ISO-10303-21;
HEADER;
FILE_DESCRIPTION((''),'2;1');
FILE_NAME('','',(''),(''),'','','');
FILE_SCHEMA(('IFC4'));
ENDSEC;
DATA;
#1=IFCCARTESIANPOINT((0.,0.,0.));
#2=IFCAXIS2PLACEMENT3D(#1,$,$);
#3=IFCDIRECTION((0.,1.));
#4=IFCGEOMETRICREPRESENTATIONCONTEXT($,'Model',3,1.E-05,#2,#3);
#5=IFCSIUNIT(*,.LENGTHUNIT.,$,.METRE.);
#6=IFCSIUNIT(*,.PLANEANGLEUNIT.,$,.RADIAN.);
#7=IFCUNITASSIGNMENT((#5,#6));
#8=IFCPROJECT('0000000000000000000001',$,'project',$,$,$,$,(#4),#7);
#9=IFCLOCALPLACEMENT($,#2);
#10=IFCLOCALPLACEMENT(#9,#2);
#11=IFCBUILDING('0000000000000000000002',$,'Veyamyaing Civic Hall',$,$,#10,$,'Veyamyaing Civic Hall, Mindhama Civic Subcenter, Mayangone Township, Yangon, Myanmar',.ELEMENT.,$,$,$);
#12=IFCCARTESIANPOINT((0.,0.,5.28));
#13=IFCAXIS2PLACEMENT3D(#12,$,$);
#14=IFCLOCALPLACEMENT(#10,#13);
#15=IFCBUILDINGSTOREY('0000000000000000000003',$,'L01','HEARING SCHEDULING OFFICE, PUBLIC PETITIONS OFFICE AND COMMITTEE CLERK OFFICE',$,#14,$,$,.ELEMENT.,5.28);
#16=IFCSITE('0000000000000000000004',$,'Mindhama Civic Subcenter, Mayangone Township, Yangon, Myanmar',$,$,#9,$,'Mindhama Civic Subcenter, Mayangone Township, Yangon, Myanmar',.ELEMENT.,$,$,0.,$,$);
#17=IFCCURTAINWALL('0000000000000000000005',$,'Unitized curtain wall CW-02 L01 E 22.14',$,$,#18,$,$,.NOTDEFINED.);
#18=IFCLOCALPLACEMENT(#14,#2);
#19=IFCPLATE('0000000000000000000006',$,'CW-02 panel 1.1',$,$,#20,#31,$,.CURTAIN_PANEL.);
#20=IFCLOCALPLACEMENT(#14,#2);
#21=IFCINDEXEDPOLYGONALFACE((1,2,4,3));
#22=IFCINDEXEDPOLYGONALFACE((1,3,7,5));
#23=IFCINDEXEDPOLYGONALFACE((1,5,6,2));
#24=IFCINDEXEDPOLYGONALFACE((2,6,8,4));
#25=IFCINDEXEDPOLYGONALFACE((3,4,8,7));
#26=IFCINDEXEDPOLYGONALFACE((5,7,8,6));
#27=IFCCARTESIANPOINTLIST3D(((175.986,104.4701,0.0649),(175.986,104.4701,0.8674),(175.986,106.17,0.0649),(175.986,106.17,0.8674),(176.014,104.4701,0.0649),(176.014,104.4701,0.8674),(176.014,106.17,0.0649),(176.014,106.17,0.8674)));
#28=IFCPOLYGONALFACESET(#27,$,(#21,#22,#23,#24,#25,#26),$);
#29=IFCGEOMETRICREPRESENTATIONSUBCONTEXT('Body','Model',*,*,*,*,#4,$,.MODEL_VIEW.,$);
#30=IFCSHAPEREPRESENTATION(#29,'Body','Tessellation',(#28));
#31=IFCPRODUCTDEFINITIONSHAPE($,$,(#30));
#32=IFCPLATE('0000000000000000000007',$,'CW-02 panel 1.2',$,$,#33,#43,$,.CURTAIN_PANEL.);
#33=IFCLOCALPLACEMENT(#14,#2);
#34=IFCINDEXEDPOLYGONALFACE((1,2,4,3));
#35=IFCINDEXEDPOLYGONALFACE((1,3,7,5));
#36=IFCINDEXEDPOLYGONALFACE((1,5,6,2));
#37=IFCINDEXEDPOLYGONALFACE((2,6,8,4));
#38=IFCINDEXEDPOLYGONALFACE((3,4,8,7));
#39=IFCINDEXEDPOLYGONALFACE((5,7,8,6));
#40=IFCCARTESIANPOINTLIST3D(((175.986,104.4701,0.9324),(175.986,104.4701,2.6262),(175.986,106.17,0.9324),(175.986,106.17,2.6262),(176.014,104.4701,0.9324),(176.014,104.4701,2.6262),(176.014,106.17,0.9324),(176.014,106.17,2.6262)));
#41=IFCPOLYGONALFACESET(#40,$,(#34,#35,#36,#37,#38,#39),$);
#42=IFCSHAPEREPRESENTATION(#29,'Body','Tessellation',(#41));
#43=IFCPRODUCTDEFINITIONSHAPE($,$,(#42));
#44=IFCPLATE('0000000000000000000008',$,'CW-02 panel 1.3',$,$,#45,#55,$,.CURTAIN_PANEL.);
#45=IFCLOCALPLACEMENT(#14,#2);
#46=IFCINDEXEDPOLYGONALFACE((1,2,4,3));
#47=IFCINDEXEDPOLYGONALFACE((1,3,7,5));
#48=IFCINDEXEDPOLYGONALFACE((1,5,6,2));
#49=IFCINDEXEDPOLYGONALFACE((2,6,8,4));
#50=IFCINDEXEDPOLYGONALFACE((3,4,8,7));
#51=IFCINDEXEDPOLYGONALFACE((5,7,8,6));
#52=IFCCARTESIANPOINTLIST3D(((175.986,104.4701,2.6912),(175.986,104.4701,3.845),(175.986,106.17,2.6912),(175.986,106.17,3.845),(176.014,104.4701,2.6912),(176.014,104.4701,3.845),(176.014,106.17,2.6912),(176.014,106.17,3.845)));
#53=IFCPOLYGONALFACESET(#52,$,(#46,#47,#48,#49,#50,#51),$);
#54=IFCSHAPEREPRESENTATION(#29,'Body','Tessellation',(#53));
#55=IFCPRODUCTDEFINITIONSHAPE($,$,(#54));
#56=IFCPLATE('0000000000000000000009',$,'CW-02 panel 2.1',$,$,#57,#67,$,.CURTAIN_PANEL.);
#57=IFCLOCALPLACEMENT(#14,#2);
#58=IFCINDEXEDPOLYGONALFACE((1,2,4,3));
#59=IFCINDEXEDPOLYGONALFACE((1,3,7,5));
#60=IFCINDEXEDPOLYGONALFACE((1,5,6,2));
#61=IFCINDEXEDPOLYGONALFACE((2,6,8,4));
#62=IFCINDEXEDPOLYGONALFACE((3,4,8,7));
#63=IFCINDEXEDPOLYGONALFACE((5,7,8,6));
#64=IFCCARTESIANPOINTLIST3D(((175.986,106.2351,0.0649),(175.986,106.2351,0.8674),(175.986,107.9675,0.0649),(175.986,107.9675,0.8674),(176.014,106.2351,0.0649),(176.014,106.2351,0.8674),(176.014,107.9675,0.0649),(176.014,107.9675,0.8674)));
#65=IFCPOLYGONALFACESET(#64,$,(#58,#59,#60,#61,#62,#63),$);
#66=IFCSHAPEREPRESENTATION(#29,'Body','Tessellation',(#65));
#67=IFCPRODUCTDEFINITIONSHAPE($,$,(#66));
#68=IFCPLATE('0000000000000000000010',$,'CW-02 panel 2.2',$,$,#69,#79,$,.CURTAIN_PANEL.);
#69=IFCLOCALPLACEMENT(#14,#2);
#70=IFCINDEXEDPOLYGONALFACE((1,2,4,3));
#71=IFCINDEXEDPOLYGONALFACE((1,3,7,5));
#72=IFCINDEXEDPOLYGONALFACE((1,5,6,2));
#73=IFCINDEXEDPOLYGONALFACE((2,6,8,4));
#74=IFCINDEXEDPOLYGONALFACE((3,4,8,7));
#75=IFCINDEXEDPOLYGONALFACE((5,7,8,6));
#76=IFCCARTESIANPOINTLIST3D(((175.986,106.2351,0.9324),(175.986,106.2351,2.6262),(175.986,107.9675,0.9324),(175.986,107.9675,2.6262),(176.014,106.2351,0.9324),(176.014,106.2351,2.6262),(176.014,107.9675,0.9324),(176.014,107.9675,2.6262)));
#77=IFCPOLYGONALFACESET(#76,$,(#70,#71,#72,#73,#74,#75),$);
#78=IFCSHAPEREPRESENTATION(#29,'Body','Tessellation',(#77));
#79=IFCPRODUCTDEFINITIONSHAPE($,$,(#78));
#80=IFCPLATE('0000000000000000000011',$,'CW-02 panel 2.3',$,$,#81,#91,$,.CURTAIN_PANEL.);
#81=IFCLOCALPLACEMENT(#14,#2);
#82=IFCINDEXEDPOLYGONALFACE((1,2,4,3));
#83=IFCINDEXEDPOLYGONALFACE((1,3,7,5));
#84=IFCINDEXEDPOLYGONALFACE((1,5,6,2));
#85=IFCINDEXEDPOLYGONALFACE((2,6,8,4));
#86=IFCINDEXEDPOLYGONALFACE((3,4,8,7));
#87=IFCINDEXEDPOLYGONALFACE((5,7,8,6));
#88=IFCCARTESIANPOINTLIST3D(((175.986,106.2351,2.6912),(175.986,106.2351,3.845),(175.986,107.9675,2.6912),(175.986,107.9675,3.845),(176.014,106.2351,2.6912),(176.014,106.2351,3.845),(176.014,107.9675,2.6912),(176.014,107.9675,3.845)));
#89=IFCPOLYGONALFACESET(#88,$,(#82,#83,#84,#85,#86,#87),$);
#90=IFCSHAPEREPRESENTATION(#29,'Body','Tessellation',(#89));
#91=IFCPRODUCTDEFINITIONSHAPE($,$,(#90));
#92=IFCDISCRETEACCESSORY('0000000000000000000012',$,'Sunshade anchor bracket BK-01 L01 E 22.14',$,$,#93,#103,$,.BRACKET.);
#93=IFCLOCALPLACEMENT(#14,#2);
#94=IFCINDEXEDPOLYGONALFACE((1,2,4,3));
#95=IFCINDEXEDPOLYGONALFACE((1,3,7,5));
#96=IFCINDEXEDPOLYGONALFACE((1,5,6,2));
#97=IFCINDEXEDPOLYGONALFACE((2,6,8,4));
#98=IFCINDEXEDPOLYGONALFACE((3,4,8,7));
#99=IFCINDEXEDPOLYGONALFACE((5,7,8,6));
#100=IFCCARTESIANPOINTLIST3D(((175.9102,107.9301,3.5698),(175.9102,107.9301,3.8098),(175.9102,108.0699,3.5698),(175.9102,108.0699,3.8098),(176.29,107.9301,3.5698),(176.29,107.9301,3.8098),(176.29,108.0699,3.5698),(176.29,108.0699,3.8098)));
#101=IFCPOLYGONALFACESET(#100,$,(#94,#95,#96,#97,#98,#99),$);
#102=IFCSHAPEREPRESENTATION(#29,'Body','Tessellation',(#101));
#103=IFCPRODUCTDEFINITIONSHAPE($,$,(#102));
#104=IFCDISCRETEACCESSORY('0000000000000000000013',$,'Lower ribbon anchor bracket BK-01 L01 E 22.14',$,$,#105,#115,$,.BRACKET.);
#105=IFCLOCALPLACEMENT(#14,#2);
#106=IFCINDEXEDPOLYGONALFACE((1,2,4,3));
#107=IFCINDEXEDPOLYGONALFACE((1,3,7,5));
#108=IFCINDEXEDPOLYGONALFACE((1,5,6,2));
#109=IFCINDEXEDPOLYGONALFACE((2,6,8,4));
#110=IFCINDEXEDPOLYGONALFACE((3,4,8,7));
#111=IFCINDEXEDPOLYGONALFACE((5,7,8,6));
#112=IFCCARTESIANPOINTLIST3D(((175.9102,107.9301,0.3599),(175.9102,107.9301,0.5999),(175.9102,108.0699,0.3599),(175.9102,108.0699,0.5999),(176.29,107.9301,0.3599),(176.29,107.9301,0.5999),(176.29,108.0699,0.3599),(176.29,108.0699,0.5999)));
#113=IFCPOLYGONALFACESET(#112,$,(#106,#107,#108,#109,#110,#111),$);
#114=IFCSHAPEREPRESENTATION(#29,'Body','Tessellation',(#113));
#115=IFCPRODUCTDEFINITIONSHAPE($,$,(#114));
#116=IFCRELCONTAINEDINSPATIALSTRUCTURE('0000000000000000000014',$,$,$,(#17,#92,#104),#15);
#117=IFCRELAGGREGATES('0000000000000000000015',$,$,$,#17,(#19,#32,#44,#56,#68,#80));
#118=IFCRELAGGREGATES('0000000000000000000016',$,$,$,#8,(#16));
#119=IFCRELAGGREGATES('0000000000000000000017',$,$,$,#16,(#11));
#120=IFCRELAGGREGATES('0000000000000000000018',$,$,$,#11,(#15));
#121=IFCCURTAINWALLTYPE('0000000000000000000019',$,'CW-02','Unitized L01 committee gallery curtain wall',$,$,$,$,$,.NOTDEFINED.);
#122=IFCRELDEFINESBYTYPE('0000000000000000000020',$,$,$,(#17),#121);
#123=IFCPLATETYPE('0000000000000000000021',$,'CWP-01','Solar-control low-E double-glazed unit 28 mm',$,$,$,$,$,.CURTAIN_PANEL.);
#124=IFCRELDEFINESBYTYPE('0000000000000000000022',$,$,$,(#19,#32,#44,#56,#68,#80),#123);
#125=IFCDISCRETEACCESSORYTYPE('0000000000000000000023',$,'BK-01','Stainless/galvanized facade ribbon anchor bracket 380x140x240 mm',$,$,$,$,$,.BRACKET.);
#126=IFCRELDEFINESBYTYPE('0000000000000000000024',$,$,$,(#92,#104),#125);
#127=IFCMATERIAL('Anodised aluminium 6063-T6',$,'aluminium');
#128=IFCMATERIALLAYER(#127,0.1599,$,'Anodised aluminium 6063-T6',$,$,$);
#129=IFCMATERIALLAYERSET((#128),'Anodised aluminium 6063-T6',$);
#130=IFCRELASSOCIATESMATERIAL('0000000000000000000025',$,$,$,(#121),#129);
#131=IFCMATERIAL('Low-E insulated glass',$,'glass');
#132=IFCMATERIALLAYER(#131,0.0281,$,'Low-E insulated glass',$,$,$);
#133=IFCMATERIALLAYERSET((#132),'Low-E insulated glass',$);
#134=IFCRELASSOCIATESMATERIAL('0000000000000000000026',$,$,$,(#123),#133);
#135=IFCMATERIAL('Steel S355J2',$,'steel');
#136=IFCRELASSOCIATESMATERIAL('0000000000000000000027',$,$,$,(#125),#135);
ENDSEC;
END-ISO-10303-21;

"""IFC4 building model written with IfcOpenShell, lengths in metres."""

from ifc_helpers import new_model, si_unit, direction, frame, origin, origin_2d, place, context, subcontext, project, spatial, rectangle, extrude, material, layer, layer_set, type_object, element, aggregate, save


model = new_model("IFC4")

# Units and contexts
model_context = context("Model", 3, precision=1e-05, world=origin(), true_north=direction((0.0, 1.0)))
body_context = subcontext(model_context, "Body", "Model", "MODEL_VIEW")
ifc_project = project(units=[si_unit("LENGTHUNIT", "METRE"), si_unit("PLANEANGLEUNIT", "RADIAN")], contexts=[model_context])

# Site, building, storey
site_placement = place(None, origin())
site = spatial("IfcSite", under=ifc_project, at=site_placement, Name="Mindhama Civic Subcenter, Mayangone Township, Yangon, Myanmar", LongName="Mindhama Civic Subcenter, Mayangone Township, Yangon, Myanmar", CompositionType="ELEMENT", RefElevation=0.0)
building_placement = place(site_placement, origin())
building = spatial("IfcBuilding", under=site, at=building_placement, Name="Veyamyaing Civic Hall", LongName="Veyamyaing Civic Hall, Mindhama Civic Subcenter, Mayangone Township, Yangon, Myanmar", CompositionType="ELEMENT")
storey_placement = place(building_placement, frame((0.0, 0.0, 5.28)))
storey = spatial("IfcBuildingStorey", under=building, at=storey_placement, Name="L01", Description="HEARING SCHEDULING OFFICE, PUBLIC PETITIONS OFFICE AND COMMITTEE CLERK OFFICE", CompositionType="ELEMENT", Elevation=5.28)

# Curtain wall, plates
ifc_material_1 = material(Name="Anodised aluminium 6063-T6", Category="aluminium")
ifc_layer_1 = layer(ifc_material_1, 0.1599, Name="Anodised aluminium 6063-T6")
ifc_layer_set_1 = layer_set([ifc_layer_1], Name="Anodised aluminium 6063-T6")
curtain_wall_type = type_object("IfcCurtainWallType", Name="CW-02", Description="Unitized L01 committee gallery curtain wall", PredefinedType="NOTDEFINED", material=ifc_layer_set_1)
curtain_wall_placement = place(storey_placement, origin())
curtain_wall = element("IfcCurtainWall", 1, at=curtain_wall_placement, inside=storey, type_object=curtain_wall_type, Name="Unitized curtain wall CW-02 L01 E 22.14", PredefinedType="NOTDEFINED")
ifc_material_2 = material(Name="Low-E insulated glass", Category="glass")
ifc_layer_2 = layer(ifc_material_2, 0.0281, Name="Low-E insulated glass")
ifc_layer_set_2 = layer_set([ifc_layer_2], Name="Low-E insulated glass")
plate_type = type_object("IfcPlateType", Name="CWP-01", Description="Solar-control low-E double-glazed unit 28 mm", PredefinedType="CURTAIN_PANEL", material=ifc_layer_set_2)
plate_1_placement = place(storey_placement, frame((176.0, 105.3201, 0.0649), z_axis=(0.0, 0.0, 1.0), x_axis=(0.0, 1.0, 0.0)))
plate_1 = element("IfcPlate", 2, at=plate_1_placement, type_object=plate_type, Name="CW-02 panel 1.1", PredefinedType="CURTAIN_PANEL", context=body_context, shape_type="SweptSolid", body=[
    extrude(rectangle(XDim=1.7, YDim=0.0281, at=origin_2d()), origin(), (0.0, 0.0, 1.0), 0.8025),
])
plate_2_placement = place(storey_placement, frame((176.0, 105.3201, 0.9324), z_axis=(0.0, 0.0, 1.0), x_axis=(0.0, 1.0, 0.0)))
plate_2 = element("IfcPlate", 3, at=plate_2_placement, type_object=plate_type, Name="CW-02 panel 1.2", PredefinedType="CURTAIN_PANEL", context=body_context, shape_type="SweptSolid", body=[
    extrude(rectangle(XDim=1.7, YDim=0.0281, at=origin_2d()), origin(), (0.0, 0.0, 1.0), 1.6938),
])
plate_3_placement = place(storey_placement, frame((176.0, 105.3201, 2.6912), z_axis=(0.0, 0.0, 1.0), x_axis=(0.0, 1.0, 0.0)))
plate_3 = element("IfcPlate", 4, at=plate_3_placement, type_object=plate_type, Name="CW-02 panel 1.3", PredefinedType="CURTAIN_PANEL", context=body_context, shape_type="SweptSolid", body=[
    extrude(rectangle(XDim=1.7, YDim=0.0281, at=origin_2d()), origin(), (0.0, 0.0, 1.0), 1.1538),
])
plate_4_placement = place(storey_placement, frame((176.0, 107.1013, 0.0649), z_axis=(0.0, 0.0, 1.0), x_axis=(0.0, 1.0, 0.0)))
plate_4 = element("IfcPlate", 5, at=plate_4_placement, type_object=plate_type, Name="CW-02 panel 2.1", PredefinedType="CURTAIN_PANEL", context=body_context, shape_type="SweptSolid", body=[
    extrude(rectangle(XDim=1.7324, YDim=0.0281, at=origin_2d()), origin(), (0.0, 0.0, 1.0), 0.8025),
])
plate_5_placement = place(storey_placement, frame((176.0, 107.1013, 0.9324), z_axis=(0.0, 0.0, 1.0), x_axis=(0.0, 1.0, 0.0)))
plate_5 = element("IfcPlate", 6, at=plate_5_placement, type_object=plate_type, Name="CW-02 panel 2.2", PredefinedType="CURTAIN_PANEL", context=body_context, shape_type="SweptSolid", body=[
    extrude(rectangle(XDim=1.7324, YDim=0.0281, at=origin_2d()), origin(), (0.0, 0.0, 1.0), 1.6938),
])
plate_6_placement = place(storey_placement, frame((176.0, 107.1013, 2.6912), z_axis=(0.0, 0.0, 1.0), x_axis=(0.0, 1.0, 0.0)))
plate_6 = element("IfcPlate", 7, at=plate_6_placement, type_object=plate_type, Name="CW-02 panel 2.3", PredefinedType="CURTAIN_PANEL", context=body_context, shape_type="SweptSolid", body=[
    extrude(rectangle(XDim=1.7324, YDim=0.0281, at=origin_2d()), origin(), (0.0, 0.0, 1.0), 1.1538),
])
aggregate(curtain_wall, [plate_1, plate_2, plate_3, plate_4, plate_5, plate_6])

# Discrete accessories
ifc_material_3 = material(Name="Steel S355J2", Category="steel")
discrete_accessory_type = type_object("IfcDiscreteAccessoryType", Name="BK-01", Description="Stainless/galvanized facade ribbon anchor bracket 380x140x240 mm", PredefinedType="BRACKET", material=ifc_material_3)
for number, where, z_axis, x_axis, name in (
    (8, (176.1001, 108.0, 3.5698), (0.0, 0.0, 1.0), (1.0, 0.0, 0.0), "Sunshade anchor bracket BK-01 L01 E 22.14"),
    (9, (176.1001, 108.0, 0.3599), (0.0, 0.0, 1.0), (1.0, 0.0, 0.0), "Lower ribbon anchor bracket BK-01 L01 E 22.14"),
):
    element("IfcDiscreteAccessory", number, at=place(storey_placement, frame(where, z_axis=z_axis, x_axis=x_axis)), inside=storey, type_object=discrete_accessory_type, Name=name, PredefinedType="BRACKET", context=body_context, shape_type="SweptSolid", body=[
        extrude(rectangle(XDim=0.3799, YDim=0.1399, at=origin_2d()), origin(), (0.0, 0.0, 1.0), 0.24),
    ])

save(model, "model.ifc")
